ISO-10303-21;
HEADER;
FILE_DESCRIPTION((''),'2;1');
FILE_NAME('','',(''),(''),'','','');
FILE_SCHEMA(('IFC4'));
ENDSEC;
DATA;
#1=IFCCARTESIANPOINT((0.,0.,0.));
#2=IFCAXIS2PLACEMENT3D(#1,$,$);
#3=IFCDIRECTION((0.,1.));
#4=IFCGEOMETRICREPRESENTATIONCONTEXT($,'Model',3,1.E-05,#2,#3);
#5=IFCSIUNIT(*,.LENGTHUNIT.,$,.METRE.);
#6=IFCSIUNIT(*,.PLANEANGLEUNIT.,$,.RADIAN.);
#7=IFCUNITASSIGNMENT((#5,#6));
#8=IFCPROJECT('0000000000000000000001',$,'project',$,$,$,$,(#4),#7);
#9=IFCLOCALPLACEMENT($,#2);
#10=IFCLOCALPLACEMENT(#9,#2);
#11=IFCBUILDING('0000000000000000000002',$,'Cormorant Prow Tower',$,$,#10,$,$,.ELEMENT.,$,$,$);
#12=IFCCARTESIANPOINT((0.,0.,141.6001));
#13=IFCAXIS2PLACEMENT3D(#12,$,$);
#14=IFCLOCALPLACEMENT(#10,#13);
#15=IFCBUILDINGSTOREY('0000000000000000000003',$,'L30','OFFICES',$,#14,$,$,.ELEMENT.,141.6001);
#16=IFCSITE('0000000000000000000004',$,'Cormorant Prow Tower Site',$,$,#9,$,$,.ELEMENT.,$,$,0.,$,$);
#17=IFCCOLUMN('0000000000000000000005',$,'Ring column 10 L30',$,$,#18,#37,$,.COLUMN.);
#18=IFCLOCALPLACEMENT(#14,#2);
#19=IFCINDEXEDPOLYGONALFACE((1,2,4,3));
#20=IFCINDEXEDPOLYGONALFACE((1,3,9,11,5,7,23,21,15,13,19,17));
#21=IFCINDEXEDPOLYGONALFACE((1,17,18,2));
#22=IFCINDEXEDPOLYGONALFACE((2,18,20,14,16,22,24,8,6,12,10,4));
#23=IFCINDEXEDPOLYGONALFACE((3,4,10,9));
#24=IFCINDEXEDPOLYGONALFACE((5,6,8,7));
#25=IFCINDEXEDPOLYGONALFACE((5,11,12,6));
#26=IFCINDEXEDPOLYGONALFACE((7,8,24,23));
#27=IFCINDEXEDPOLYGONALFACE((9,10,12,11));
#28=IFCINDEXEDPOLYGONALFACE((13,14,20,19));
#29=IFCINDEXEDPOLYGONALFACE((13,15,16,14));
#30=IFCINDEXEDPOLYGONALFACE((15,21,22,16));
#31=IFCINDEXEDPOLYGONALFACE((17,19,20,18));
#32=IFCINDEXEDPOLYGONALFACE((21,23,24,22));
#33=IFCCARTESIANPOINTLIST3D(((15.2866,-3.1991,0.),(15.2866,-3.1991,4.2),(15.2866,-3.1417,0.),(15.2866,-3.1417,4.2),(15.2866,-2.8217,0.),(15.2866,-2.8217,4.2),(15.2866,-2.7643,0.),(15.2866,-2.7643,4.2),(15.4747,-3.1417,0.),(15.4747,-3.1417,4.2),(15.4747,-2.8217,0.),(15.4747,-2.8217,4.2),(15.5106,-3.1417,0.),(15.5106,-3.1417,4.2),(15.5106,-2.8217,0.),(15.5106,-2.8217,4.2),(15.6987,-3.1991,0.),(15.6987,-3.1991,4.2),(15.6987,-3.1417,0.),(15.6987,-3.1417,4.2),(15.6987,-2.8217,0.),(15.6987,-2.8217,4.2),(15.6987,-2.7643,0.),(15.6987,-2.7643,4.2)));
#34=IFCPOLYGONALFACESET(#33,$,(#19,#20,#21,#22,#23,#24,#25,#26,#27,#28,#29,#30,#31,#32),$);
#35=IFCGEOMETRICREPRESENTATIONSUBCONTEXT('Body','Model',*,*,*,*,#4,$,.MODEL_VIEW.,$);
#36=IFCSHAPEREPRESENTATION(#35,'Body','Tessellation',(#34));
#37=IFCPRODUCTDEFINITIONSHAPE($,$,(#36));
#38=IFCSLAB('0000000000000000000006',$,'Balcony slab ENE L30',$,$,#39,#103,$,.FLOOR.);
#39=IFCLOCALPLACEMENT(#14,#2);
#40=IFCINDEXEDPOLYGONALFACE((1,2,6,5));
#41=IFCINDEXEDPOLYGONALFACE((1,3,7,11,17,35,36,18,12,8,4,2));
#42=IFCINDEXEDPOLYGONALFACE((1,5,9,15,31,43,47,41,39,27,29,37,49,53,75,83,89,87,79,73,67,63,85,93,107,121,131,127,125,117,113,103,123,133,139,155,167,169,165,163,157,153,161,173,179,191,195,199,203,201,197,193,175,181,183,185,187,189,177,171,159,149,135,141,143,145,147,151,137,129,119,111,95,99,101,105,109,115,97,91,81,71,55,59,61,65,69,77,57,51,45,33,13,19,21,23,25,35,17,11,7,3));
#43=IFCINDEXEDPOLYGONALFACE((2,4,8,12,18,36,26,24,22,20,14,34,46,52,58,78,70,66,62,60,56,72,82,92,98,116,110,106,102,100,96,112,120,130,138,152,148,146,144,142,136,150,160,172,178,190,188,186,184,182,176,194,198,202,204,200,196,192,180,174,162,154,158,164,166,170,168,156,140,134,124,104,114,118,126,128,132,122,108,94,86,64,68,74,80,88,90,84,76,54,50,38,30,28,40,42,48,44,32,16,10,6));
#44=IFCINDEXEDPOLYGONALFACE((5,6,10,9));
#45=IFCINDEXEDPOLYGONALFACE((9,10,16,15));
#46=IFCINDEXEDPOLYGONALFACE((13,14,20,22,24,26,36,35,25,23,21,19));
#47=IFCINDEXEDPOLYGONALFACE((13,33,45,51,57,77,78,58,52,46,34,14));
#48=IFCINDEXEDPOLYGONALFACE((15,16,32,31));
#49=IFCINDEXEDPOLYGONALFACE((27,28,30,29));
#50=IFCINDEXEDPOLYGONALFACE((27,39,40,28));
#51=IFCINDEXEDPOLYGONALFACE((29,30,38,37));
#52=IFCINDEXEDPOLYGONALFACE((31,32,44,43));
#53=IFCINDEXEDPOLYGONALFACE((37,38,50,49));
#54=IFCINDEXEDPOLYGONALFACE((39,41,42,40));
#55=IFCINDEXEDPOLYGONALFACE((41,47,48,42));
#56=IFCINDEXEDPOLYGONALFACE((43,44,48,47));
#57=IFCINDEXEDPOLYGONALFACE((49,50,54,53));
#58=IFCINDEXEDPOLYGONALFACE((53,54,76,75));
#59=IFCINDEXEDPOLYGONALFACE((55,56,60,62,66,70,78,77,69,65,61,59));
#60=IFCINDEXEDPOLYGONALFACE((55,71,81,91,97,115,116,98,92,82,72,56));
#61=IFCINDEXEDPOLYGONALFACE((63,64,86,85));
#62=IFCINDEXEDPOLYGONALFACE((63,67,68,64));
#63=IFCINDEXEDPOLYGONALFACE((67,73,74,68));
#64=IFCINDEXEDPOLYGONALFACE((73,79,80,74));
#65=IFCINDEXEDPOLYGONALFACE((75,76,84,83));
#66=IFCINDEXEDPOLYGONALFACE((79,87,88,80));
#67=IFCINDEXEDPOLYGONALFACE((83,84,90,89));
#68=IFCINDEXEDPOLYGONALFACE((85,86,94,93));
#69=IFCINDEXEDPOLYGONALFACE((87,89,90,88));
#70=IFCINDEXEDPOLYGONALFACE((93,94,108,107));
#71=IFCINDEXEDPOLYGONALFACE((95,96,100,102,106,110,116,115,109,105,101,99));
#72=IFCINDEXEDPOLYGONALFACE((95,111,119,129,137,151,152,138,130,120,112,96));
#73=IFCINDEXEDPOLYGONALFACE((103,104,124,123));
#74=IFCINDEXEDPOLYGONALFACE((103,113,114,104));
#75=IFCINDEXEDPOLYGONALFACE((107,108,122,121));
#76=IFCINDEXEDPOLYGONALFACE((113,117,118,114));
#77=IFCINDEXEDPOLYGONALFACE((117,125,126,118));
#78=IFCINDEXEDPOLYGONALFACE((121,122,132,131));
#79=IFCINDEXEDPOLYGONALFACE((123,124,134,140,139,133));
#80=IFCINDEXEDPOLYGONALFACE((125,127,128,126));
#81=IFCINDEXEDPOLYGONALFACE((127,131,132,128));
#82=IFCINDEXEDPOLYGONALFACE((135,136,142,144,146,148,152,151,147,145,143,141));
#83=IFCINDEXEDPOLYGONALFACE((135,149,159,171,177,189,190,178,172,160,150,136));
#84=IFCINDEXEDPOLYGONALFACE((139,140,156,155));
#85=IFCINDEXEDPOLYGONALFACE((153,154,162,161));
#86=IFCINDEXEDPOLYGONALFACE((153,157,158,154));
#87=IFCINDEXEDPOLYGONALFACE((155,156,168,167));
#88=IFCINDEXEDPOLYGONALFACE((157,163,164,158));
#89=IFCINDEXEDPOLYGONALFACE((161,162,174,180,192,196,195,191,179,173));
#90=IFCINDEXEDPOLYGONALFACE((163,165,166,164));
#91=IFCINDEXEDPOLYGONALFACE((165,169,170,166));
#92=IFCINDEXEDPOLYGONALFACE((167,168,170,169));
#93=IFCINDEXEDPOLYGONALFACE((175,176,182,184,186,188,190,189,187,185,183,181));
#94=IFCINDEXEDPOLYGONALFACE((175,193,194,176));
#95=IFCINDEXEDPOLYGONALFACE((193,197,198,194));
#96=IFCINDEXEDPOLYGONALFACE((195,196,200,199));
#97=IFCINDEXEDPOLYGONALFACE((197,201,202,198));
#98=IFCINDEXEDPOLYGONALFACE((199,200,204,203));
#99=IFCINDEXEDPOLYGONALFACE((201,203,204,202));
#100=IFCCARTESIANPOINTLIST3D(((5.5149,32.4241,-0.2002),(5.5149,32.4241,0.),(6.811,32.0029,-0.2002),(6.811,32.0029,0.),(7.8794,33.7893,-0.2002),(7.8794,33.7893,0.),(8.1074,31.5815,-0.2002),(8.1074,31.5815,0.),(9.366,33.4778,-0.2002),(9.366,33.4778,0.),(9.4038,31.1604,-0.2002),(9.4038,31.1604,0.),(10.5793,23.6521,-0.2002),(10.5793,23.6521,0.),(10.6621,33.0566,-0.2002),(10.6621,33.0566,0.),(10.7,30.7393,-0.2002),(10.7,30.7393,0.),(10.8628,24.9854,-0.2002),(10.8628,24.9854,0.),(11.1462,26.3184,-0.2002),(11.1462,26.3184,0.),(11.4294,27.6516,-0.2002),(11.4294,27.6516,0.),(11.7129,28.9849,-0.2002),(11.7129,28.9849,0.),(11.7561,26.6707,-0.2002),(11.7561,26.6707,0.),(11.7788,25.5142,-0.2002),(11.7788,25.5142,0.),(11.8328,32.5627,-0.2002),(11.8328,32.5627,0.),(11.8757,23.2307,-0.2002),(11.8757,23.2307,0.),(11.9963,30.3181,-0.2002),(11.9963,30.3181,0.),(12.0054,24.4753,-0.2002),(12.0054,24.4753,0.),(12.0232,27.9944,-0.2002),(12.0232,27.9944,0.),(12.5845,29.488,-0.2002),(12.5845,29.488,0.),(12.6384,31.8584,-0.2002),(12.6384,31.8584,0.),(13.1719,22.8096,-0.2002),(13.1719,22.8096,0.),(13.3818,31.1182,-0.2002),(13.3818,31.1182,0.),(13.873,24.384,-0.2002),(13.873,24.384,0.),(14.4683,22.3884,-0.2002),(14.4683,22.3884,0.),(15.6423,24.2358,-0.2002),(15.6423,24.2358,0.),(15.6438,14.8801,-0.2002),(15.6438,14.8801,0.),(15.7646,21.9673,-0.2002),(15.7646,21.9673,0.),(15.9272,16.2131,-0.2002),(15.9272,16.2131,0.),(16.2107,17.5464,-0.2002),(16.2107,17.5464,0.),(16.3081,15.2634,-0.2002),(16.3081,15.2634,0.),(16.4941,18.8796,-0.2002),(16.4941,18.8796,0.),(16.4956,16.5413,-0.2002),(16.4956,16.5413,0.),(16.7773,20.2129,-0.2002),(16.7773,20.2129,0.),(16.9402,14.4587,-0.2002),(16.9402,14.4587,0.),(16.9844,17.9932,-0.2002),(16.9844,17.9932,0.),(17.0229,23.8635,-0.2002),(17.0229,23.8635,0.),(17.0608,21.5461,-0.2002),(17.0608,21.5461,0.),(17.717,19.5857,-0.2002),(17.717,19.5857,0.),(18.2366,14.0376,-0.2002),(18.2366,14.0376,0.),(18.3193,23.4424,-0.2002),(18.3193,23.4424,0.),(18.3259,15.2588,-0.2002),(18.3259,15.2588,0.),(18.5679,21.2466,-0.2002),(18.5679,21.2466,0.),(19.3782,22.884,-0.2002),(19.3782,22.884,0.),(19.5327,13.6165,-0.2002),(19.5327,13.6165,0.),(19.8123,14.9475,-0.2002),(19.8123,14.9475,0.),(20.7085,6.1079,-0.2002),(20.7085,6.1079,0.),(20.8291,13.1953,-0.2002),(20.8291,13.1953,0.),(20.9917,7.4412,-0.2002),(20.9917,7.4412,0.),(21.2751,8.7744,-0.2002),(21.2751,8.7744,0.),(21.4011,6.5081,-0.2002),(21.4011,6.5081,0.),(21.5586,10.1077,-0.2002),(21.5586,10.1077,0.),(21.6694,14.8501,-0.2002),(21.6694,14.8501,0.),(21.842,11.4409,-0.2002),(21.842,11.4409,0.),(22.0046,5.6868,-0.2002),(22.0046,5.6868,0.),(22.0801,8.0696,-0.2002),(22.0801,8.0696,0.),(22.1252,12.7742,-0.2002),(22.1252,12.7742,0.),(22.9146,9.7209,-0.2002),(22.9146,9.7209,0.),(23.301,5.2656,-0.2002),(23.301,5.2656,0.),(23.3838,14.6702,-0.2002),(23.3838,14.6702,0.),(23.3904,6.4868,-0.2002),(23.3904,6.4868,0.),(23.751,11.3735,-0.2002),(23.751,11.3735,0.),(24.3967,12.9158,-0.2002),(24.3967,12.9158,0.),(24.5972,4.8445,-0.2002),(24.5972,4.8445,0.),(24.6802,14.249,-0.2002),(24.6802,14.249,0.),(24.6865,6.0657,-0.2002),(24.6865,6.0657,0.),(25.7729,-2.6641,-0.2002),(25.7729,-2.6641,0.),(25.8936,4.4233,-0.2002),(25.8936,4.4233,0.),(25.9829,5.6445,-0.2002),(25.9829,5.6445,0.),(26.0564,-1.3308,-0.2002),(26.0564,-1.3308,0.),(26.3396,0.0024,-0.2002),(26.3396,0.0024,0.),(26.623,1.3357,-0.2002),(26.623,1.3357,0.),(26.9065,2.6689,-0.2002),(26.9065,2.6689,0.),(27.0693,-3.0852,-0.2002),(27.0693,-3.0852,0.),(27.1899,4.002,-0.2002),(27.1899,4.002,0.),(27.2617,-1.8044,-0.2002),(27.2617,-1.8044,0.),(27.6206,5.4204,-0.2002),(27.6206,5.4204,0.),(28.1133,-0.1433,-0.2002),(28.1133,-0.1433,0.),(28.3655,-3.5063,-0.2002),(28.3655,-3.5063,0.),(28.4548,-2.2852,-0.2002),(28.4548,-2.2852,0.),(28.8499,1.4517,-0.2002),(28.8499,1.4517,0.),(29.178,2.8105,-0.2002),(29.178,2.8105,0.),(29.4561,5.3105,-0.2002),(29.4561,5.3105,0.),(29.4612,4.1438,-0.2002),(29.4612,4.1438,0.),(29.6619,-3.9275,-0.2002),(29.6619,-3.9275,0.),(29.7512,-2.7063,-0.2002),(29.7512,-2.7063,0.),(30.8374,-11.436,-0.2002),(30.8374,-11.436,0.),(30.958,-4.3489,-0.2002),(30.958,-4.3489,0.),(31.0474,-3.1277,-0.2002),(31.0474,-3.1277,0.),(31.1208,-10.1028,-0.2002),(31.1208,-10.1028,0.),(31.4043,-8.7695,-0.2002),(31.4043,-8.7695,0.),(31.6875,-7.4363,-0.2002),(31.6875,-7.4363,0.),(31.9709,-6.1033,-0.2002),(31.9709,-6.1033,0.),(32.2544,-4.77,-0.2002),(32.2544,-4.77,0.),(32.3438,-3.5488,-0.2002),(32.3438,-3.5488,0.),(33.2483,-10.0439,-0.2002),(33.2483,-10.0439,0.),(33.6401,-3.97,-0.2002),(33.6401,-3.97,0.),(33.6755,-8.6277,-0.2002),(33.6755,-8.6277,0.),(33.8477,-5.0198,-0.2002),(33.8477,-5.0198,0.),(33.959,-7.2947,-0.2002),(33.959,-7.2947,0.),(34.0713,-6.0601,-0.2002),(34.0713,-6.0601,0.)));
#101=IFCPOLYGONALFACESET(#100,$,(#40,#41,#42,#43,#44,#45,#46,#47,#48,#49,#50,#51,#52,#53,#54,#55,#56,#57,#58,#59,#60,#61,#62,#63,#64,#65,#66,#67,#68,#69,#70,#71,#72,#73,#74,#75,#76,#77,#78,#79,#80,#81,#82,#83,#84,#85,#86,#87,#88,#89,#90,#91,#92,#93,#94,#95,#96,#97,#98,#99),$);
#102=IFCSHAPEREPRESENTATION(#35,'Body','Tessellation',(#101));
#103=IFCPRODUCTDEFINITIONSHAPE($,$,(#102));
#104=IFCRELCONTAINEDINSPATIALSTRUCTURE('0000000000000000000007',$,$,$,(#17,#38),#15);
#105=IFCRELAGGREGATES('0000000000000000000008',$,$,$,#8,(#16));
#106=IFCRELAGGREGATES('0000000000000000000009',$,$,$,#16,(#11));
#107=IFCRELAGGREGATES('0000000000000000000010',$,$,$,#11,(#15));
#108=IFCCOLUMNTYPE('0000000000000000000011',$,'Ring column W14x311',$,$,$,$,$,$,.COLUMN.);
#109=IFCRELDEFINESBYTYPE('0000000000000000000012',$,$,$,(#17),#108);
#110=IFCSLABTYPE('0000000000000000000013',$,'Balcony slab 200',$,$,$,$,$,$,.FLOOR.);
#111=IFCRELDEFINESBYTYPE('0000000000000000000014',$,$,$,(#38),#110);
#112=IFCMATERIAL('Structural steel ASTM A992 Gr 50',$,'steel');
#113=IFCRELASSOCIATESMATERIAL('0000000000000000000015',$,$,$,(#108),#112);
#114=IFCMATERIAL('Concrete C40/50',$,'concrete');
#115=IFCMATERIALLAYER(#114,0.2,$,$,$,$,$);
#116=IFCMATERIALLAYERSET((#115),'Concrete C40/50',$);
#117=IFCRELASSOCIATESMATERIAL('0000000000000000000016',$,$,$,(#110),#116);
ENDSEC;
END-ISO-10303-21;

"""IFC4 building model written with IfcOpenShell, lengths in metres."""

from ifc_helpers import new_model, si_unit, direction, frame, origin, origin_2d, place, context, subcontext, project, spatial, polyline, i_section, outline, extrude, material, layer, layer_set, material_profile, profile_set, type_object, element, save


model = new_model("IFC4")

# Units and contexts
model_context = context("Model", 3, precision=1e-05, world=origin(), true_north=direction((0.0, 1.0)))
body_context = subcontext(model_context, "Body", "Model", "MODEL_VIEW")
ifc_project = project(units=[si_unit("LENGTHUNIT", "METRE"), si_unit("PLANEANGLEUNIT", "RADIAN")], contexts=[model_context])

# Site, building, storey
site_placement = place(None, origin())
site = spatial("IfcSite", under=ifc_project, at=site_placement, Name="Cormorant Prow Tower Site", CompositionType="ELEMENT", RefElevation=0.0)
building_placement = place(site_placement, origin())
building = spatial("IfcBuilding", under=site, at=building_placement, Name="Cormorant Prow Tower", CompositionType="ELEMENT")
storey_placement = place(building_placement, frame((0.0, 0.0, 141.6001)))
storey = spatial("IfcBuildingStorey", under=building, at=storey_placement, Name="L30", Description="OFFICES", CompositionType="ELEMENT", Elevation=141.6001)

# Column
ifc_material_1 = material(Name="Structural steel ASTM A992 Gr 50", Category="steel")
ifc_material_profile = material_profile(ifc_material_1, i_section(OverallWidth=0.4121, OverallDepth=0.4348, WebThickness=0.0359, FlangeThickness=0.0574, at=origin_2d()), Name="W14x311")
ifc_profile_set = profile_set([ifc_material_profile], Name="Structural steel ASTM A992 Gr 50")
column_type = type_object("IfcColumnType", Name="Ring column W14x311", PredefinedType="COLUMN", material=ifc_profile_set)
column_placement = place(storey_placement, frame((15.4927, -2.9817, 0.0), z_axis=(0.0, 0.0, 1.0), x_axis=(1.0, 0.0, 0.0)))
element("IfcColumn", 1, at=column_placement, inside=storey, type_object=column_type, Name="Ring column 10 L30", PredefinedType="COLUMN", context=body_context, shape_type="SweptSolid", body=[
    extrude(i_section(OverallWidth=0.4121, OverallDepth=0.4348, WebThickness=0.0359, FlangeThickness=0.0574, at=origin_2d()), origin(), (0.0, 0.0, 1.0), 4.2),
])

# Slab
ifc_material_2 = material(Name="Concrete C40/50", Category="concrete")
ifc_layer_1 = layer(ifc_material_2, 0.2)
ifc_layer_set_1 = layer_set([ifc_layer_1], Name="Concrete C40/50")
slab_type = type_object("IfcSlabType", Name="Balcony slab 200", PredefinedType="FLOOR", material=ifc_layer_set_1)
slab_1_placement = place(storey_placement, frame((0.0, 0.0, -0.2002)))
element("IfcSlab", 2, at=slab_1_placement, inside=storey, type_object=slab_type, Name="Balcony slab ENE L30", PredefinedType="FLOOR", context=body_context, shape_type="SweptSolid", body=[
    extrude(outline(polyline([(30.8374, -11.436), (33.2483, -10.0439), (33.6755, -8.6277), (33.959, -7.2947), (34.0713, -6.0601), (33.8477, -5.0198), (33.6401, -3.97), (32.3438, -3.5488), (31.0474, -3.1277), (29.7512, -2.7063), (28.4548, -2.2852), (27.2617, -1.8044), (28.1133, -0.1433), (28.8499, 1.4517), (29.178, 2.8105), (29.4612, 4.1438), (29.4561, 5.3105), (27.6206, 5.4204), (25.9829, 5.6445), (24.6865, 6.0657), (23.3904, 6.4868), (21.4011, 6.5081), (22.0801, 8.0696), (22.9146, 9.7209), (23.751, 11.3735), (24.3967, 12.9158), (24.6802, 14.249), (23.3838, 14.6702), (21.6694, 14.8501), (19.8123, 14.9475), (18.3259, 15.2588), (16.3081, 15.2634), (16.4956, 16.5413), (16.9844, 17.9932), (17.717, 19.5857), (18.5679, 21.2466), (19.3782, 22.884), (18.3193, 23.4424), (17.0229, 23.8635), (15.6423, 24.2358), (13.873, 24.384), (12.0054, 24.4753), (11.7788, 25.5142), (11.7561, 26.6707), (12.0232, 27.9944), (12.5845, 29.488), (13.3818, 31.1182), (12.6384, 31.8584), (11.8328, 32.5627), (10.6621, 33.0566), (9.366, 33.4778), (7.8794, 33.7893), (5.5149, 32.4241), (6.811, 32.0029), (8.1074, 31.5815), (9.4038, 31.1604), (10.7, 30.7393), (11.9963, 30.3181), (11.7129, 28.9849), (11.4294, 27.6516), (11.1462, 26.3184), (10.8628, 24.9854), (10.5793, 23.6521), (11.8757, 23.2307), (13.1719, 22.8096), (14.4683, 22.3884), (15.7646, 21.9673), (17.0608, 21.5461), (16.7773, 20.2129), (16.4941, 18.8796), (16.2107, 17.5464), (15.9272, 16.2131), (15.6438, 14.8801), (16.9402, 14.4587), (18.2366, 14.0376), (19.5327, 13.6165), (20.8291, 13.1953), (22.1252, 12.7742), (21.842, 11.4409), (21.5586, 10.1077), (21.2751, 8.7744), (20.9917, 7.4412), (20.7085, 6.1079), (22.0046, 5.6868), (23.301, 5.2656), (24.5972, 4.8445), (25.8936, 4.4233), (27.1899, 4.002), (26.9065, 2.6689), (26.623, 1.3357), (26.3396, 0.0024), (26.0564, -1.3308), (25.7729, -2.6641), (27.0693, -3.0852), (28.3655, -3.5063), (29.6619, -3.9275), (30.958, -4.3489), (32.2544, -4.77), (31.9709, -6.1033), (31.6875, -7.4363), (31.4043, -8.7695), (31.1208, -10.1028), (30.8374, -11.436)])), origin(), (0.0, 0.0, 1.0), 0.2002),
])

save(model, "model.ifc")
